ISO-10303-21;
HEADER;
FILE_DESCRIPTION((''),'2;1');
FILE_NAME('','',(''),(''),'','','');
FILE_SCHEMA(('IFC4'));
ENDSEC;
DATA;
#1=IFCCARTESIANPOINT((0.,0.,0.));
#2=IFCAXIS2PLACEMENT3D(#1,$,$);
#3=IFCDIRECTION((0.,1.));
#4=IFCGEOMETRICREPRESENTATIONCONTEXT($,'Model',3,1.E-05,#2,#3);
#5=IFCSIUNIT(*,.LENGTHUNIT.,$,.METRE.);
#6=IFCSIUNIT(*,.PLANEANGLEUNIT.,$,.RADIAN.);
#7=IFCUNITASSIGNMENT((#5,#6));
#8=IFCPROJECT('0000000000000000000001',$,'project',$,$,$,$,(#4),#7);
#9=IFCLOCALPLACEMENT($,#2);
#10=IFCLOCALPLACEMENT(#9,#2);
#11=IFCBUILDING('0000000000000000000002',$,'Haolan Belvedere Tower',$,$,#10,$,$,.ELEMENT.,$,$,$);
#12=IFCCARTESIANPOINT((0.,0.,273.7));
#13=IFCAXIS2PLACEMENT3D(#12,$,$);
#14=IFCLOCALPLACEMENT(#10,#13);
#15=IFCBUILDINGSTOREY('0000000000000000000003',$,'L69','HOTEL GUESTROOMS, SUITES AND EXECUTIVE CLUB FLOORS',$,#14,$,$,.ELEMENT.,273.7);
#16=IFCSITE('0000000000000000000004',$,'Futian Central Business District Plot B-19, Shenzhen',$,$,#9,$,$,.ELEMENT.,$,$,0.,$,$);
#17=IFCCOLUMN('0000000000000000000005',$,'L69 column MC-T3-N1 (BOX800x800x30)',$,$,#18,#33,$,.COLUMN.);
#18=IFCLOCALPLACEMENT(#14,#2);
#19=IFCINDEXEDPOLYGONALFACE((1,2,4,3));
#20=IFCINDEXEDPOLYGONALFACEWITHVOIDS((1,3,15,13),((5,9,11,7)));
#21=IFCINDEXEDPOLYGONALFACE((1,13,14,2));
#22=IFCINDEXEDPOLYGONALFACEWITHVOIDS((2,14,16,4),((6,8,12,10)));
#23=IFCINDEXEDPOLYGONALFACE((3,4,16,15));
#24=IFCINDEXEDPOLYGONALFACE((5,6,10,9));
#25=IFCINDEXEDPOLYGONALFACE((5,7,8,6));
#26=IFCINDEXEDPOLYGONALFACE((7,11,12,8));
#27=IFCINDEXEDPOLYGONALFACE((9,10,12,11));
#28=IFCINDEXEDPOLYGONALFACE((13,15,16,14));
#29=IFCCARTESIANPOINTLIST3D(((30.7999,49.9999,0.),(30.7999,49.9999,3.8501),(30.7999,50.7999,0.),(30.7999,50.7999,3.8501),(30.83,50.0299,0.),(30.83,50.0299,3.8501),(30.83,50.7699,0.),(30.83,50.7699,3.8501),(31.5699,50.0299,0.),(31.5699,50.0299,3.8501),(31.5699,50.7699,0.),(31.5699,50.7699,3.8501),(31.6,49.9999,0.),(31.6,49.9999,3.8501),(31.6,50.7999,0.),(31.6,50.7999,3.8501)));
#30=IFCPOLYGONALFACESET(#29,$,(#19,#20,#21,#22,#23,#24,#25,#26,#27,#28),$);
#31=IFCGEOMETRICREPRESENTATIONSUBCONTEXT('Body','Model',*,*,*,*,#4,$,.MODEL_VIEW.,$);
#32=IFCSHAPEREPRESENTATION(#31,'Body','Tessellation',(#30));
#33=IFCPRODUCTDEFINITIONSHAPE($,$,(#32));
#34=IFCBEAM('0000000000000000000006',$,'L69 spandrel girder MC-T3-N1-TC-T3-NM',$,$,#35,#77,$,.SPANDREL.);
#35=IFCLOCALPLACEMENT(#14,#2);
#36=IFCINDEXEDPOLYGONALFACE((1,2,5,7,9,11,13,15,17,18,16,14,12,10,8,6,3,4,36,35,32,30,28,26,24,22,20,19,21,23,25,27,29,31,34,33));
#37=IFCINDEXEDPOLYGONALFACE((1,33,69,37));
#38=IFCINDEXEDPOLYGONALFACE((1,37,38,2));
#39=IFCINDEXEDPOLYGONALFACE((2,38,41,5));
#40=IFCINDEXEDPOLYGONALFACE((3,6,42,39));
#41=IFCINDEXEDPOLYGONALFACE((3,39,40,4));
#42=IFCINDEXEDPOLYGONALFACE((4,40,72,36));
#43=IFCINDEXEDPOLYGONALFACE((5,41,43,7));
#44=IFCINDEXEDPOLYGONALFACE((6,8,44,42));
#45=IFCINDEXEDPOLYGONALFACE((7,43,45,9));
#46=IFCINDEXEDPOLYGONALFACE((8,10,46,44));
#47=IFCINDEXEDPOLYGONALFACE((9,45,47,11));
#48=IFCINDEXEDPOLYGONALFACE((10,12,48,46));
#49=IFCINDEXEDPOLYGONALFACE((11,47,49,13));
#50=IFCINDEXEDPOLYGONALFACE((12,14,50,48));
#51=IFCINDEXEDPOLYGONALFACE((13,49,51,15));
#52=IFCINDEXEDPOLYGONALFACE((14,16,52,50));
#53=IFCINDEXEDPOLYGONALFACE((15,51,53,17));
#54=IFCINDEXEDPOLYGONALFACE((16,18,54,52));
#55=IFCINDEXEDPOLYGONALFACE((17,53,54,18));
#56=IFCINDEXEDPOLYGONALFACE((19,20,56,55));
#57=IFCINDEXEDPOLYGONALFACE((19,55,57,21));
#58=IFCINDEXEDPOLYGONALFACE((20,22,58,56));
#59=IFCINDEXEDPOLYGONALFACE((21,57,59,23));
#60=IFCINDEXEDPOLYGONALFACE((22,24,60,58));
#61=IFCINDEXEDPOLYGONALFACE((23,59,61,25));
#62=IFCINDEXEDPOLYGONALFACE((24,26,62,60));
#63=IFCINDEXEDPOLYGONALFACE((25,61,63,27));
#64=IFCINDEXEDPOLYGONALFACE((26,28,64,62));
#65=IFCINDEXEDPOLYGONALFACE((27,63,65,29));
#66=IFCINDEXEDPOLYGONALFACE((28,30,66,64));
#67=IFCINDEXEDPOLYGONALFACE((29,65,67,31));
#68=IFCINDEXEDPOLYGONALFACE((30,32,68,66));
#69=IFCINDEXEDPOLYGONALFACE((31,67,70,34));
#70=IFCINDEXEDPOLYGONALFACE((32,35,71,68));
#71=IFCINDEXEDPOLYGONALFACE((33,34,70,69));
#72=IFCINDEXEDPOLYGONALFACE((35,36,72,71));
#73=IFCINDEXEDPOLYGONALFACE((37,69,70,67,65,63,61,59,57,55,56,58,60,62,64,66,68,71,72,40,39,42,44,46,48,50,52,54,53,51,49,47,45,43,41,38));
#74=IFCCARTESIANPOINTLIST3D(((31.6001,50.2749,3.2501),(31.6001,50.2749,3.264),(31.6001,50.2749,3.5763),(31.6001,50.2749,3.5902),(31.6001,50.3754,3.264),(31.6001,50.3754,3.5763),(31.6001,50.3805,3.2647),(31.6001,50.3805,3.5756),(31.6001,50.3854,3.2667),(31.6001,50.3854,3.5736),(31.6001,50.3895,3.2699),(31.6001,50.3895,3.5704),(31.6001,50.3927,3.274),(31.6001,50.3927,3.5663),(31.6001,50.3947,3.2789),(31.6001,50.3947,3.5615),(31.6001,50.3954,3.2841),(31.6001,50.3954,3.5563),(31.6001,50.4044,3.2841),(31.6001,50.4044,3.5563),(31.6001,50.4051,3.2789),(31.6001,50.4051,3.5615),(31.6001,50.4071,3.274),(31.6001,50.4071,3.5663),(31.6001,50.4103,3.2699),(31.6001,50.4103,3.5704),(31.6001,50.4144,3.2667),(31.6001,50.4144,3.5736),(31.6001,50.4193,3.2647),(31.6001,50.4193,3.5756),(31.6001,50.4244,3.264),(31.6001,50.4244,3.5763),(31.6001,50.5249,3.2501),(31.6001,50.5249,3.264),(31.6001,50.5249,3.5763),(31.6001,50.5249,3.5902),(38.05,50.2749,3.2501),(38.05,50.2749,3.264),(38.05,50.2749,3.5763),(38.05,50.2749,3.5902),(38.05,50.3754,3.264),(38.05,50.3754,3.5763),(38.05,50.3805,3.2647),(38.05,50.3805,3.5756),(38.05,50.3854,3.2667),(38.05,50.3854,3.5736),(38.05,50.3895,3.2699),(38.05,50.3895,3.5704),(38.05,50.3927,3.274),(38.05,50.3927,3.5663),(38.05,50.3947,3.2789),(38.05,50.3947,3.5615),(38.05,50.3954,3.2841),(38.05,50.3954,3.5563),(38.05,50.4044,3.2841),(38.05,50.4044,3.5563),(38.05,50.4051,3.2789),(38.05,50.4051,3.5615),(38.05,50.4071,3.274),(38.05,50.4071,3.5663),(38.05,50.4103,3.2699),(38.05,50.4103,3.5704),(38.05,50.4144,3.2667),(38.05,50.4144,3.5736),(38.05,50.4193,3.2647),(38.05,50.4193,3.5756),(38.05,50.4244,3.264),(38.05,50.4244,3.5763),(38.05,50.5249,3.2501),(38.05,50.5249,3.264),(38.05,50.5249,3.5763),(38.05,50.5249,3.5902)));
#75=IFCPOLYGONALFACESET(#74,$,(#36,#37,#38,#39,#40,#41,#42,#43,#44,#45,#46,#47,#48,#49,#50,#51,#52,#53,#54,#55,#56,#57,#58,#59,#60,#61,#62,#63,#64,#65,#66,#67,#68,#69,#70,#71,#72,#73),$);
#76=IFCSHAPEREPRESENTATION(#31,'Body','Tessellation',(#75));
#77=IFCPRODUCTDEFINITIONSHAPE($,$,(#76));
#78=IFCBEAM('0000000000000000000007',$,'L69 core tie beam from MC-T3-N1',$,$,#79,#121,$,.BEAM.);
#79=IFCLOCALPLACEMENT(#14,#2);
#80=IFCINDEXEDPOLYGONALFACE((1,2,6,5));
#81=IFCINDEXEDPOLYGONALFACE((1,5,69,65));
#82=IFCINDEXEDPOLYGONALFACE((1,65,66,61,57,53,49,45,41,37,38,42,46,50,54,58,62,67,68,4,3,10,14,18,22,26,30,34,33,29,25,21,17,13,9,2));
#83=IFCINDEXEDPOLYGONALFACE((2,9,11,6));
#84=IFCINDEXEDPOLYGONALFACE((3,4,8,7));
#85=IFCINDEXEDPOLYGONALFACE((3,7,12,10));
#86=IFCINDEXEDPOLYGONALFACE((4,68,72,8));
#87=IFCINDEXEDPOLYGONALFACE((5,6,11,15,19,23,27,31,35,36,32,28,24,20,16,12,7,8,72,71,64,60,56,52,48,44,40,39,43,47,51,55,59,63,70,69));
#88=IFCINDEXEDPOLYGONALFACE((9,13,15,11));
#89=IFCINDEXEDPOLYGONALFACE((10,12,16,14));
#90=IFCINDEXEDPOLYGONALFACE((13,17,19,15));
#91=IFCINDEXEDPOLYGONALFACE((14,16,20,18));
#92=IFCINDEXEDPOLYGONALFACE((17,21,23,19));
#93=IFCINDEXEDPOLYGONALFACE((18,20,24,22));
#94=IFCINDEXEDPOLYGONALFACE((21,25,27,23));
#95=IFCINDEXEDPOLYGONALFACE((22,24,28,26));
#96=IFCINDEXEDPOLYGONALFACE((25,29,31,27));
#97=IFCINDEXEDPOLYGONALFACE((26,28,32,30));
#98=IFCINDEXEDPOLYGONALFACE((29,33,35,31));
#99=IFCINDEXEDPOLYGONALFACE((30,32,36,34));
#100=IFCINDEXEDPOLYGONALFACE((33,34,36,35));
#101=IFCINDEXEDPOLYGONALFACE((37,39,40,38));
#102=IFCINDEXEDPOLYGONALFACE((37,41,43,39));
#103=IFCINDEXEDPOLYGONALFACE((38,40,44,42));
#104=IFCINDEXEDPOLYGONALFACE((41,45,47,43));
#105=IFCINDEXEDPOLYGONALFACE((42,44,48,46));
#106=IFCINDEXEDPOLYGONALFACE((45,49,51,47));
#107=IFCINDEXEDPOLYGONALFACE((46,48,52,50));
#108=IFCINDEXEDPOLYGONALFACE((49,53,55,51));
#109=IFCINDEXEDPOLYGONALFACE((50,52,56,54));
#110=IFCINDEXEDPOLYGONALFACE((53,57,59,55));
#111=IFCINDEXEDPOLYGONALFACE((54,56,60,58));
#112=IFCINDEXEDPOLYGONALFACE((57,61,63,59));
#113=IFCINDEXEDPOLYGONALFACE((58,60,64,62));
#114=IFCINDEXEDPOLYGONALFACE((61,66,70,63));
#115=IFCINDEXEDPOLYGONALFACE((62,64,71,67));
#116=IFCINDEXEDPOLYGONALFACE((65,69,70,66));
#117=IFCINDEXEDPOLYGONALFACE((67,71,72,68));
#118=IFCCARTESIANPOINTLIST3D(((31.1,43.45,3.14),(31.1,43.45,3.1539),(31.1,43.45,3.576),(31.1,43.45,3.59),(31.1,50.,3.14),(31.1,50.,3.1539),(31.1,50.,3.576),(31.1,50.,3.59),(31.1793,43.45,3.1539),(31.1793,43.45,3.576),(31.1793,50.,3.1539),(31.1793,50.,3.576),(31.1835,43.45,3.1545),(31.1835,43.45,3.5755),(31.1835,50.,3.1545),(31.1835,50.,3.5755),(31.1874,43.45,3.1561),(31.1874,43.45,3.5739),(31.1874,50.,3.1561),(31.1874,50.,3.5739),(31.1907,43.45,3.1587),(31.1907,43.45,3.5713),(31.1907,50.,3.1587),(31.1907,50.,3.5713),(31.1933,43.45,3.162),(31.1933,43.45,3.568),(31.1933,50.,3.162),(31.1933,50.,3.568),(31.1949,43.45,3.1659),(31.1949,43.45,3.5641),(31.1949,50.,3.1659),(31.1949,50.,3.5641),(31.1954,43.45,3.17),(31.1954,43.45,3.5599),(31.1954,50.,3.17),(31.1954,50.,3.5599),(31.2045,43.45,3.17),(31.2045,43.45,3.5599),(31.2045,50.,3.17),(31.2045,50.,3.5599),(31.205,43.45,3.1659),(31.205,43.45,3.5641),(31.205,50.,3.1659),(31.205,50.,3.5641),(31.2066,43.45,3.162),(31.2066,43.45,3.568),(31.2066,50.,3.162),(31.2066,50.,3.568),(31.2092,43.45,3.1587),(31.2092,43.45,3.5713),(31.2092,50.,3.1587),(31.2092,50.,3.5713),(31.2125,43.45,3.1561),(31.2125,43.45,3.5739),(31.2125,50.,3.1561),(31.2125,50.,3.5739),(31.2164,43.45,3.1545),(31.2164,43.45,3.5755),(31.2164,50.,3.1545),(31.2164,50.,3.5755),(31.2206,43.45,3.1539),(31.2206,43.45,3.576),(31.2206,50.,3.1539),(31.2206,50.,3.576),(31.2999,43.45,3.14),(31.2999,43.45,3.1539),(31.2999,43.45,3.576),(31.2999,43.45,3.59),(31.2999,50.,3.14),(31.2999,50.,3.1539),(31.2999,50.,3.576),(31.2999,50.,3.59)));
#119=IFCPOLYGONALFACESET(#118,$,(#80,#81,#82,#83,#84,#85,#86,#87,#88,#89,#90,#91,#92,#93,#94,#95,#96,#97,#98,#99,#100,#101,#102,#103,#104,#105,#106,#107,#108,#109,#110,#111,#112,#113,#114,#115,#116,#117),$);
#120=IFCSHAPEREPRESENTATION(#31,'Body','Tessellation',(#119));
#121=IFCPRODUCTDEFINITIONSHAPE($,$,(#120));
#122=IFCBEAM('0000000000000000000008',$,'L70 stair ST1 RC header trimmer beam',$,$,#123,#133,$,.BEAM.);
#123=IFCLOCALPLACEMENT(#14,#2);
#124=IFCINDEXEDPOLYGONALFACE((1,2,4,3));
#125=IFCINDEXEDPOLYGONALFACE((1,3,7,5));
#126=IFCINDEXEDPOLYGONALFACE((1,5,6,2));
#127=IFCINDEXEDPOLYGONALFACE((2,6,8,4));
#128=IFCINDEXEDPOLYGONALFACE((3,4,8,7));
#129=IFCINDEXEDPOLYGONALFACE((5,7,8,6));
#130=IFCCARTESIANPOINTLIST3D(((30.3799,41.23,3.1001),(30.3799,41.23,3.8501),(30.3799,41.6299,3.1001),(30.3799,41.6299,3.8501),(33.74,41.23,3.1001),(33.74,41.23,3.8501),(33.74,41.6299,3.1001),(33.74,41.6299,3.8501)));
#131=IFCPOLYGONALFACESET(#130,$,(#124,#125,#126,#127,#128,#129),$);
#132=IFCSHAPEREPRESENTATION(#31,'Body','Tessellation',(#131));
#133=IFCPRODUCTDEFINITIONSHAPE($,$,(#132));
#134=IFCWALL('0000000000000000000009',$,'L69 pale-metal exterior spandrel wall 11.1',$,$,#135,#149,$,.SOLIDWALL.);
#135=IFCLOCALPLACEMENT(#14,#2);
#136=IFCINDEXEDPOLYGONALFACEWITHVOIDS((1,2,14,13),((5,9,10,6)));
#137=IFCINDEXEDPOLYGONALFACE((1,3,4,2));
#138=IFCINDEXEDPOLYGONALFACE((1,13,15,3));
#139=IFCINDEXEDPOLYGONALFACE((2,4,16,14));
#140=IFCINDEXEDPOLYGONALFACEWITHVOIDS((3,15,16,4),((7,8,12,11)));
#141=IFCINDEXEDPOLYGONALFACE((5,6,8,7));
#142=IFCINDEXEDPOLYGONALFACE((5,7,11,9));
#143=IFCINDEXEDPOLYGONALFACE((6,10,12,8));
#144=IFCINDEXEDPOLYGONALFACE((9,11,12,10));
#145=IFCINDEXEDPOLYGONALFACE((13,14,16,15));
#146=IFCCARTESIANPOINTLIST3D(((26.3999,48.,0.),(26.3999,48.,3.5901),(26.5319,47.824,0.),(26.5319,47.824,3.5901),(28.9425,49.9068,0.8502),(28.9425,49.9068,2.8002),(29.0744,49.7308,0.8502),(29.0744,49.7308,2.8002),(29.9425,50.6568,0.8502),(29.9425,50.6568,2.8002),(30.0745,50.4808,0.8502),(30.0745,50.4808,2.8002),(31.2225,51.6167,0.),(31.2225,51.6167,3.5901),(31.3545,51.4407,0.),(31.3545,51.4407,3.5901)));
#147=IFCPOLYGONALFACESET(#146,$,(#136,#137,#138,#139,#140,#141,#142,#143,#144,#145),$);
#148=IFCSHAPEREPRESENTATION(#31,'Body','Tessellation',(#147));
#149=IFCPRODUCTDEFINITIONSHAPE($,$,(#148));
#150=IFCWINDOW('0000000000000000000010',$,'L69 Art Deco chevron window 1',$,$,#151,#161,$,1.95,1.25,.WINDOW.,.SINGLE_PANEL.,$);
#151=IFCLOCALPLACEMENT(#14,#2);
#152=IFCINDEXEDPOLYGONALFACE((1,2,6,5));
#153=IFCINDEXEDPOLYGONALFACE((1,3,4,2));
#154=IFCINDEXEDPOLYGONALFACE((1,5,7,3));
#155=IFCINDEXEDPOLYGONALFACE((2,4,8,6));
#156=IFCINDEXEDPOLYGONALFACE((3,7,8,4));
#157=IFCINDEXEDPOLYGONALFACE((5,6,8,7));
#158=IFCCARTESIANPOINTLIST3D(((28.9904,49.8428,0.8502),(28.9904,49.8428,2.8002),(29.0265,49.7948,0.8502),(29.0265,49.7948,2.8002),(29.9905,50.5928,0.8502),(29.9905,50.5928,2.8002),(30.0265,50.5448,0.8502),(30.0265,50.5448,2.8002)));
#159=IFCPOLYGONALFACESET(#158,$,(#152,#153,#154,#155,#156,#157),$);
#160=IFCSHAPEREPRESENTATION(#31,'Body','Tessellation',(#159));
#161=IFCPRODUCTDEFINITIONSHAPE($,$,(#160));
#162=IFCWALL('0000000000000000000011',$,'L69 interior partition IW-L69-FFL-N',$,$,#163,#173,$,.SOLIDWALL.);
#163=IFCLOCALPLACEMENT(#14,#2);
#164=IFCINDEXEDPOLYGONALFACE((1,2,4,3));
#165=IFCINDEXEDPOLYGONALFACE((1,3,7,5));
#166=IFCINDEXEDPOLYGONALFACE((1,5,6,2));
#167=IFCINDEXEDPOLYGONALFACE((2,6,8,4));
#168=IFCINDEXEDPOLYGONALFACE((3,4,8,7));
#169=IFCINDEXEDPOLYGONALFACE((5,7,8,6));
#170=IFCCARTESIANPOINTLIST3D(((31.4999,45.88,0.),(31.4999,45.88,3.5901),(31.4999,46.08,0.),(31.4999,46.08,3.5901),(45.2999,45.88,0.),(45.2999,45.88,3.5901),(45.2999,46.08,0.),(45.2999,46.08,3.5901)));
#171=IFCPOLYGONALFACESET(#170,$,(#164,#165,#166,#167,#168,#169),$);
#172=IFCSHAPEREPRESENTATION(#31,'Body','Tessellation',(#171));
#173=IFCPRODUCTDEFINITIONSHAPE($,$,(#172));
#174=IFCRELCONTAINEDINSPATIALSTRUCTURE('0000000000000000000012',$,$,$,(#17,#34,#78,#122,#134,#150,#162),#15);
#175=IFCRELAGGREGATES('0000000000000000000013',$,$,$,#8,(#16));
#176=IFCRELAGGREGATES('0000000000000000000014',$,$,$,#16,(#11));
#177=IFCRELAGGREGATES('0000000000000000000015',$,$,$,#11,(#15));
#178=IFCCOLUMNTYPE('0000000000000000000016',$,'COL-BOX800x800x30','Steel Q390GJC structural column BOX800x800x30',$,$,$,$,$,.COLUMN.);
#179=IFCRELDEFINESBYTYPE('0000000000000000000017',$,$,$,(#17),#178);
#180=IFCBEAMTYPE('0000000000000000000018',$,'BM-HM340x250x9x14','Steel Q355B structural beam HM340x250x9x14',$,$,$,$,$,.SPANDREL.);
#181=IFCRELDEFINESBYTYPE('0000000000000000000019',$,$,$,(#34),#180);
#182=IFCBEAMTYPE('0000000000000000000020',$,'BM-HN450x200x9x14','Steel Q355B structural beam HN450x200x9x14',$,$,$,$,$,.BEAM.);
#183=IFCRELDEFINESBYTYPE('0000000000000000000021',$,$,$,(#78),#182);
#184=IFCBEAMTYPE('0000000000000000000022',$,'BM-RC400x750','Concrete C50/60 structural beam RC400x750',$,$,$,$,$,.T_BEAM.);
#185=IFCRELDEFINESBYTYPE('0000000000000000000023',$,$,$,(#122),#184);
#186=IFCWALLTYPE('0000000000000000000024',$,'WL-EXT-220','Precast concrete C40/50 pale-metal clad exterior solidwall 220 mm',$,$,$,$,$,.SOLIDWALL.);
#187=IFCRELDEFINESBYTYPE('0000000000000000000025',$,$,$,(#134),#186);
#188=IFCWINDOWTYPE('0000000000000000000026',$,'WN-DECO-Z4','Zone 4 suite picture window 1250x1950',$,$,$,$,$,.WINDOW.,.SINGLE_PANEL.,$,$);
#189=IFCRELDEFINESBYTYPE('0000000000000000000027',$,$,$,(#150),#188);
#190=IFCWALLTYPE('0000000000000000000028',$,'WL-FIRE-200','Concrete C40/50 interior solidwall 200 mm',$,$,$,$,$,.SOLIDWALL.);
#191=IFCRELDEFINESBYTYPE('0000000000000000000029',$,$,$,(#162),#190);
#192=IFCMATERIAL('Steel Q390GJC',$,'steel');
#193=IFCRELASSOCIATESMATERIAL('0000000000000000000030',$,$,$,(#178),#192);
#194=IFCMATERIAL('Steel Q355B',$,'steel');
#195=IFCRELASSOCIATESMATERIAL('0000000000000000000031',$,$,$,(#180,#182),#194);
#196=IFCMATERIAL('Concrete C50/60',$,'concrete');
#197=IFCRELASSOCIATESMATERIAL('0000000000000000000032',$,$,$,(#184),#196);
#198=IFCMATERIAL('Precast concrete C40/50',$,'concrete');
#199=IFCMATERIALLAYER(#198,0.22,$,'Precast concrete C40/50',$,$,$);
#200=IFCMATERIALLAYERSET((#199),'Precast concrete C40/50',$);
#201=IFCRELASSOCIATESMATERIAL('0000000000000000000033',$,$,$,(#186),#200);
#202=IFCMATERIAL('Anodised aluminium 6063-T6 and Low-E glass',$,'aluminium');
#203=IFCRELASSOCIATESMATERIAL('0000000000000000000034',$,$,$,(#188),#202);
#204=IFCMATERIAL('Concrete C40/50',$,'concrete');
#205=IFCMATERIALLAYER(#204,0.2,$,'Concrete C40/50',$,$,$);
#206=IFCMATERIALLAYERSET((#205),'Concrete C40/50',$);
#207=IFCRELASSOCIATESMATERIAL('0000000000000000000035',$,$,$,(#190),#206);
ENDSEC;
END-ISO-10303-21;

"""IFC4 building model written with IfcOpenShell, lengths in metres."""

from ifc_helpers import new_model, si_unit, direction, frame, frame_2d, origin, origin_2d, place, context, subcontext, project, spatial, rectangle, hollow_rectangle, i_section, extrude, material, layer, layer_set, material_profile, profile_set, type_object, element, fill, save


model = new_model("IFC4")

# Units and contexts
model_context = context("Model", 3, precision=1e-05, world=origin(), true_north=direction((0.0, 1.0)))
body_context = subcontext(model_context, "Body", "Model", "MODEL_VIEW")
ifc_project = project(units=[si_unit("LENGTHUNIT", "METRE"), si_unit("PLANEANGLEUNIT", "RADIAN")], contexts=[model_context])

# Site, building, storey
site_placement = place(None, origin())
site = spatial("IfcSite", under=ifc_project, at=site_placement, Name="Futian Central Business District Plot B-19, Shenzhen", CompositionType="ELEMENT", RefElevation=0.0)
building_placement = place(site_placement, origin())
building = spatial("IfcBuilding", under=site, at=building_placement, Name="Haolan Belvedere Tower", CompositionType="ELEMENT")
storey_placement = place(building_placement, frame((0.0, 0.0, 273.7)))
storey = spatial("IfcBuildingStorey", under=building, at=storey_placement, Name="L69", Description="HOTEL GUESTROOMS, SUITES AND EXECUTIVE CLUB FLOORS", CompositionType="ELEMENT", Elevation=273.7)

# Column
ifc_material_1 = material(Name="Steel Q390GJC", Category="steel")
ifc_material_profile_1 = material_profile(ifc_material_1, hollow_rectangle(XDim=0.8, YDim=0.8, WallThickness=0.03, at=origin_2d()), Name="Steel Q390GJC")
ifc_profile_set_1 = profile_set([ifc_material_profile_1], Name="Steel Q390GJC")
column_type = type_object("IfcColumnType", Name="COL-BOX800x800x30", Description="Steel Q390GJC structural column BOX800x800x30", PredefinedType="COLUMN", material=ifc_profile_set_1)
column_placement = place(storey_placement, frame((31.2, 50.3999, 0.0), z_axis=(0.0, 0.0, 1.0), x_axis=(1.0, 0.0, 0.0)))
element("IfcColumn", 1, at=column_placement, inside=storey, type_object=column_type, Name="L69 column MC-T3-N1 (BOX800x800x30)", PredefinedType="COLUMN", context=body_context, shape_type="SweptSolid", body=[
    extrude(hollow_rectangle(XDim=0.8, YDim=0.8, WallThickness=0.03, at=origin_2d()), origin(), (0.0, 0.0, 1.0), 3.8501),
])

# Beams
ifc_material_2 = material(Name="Steel Q355B", Category="steel")
ifc_material_profile_2 = material_profile(ifc_material_2, i_section(OverallWidth=0.25, OverallDepth=0.3401, WebThickness=0.009, FlangeThickness=0.0139, FilletRadius=0.02, at=origin_2d()), Name="Steel Q355B")
ifc_profile_set_2 = profile_set([ifc_material_profile_2], Name="Steel Q355B")
beam_type_1 = type_object("IfcBeamType", Name="BM-HM340x250x9x14", Description="Steel Q355B structural beam HM340x250x9x14", PredefinedType="SPANDREL", material=ifc_profile_set_2)
beam_1_placement = place(storey_placement, frame((31.6001, 50.3999, 3.4202), z_axis=(1.0, 0.0, 0.0), x_axis=(0.0, 1.0, 0.0)))
element("IfcBeam", 2, at=beam_1_placement, inside=storey, type_object=beam_type_1, Name="L69 spandrel girder MC-T3-N1-TC-T3-NM", PredefinedType="SPANDREL", context=body_context, shape_type="SweptSolid", body=[
    extrude(i_section(OverallWidth=0.25, OverallDepth=0.3401, WebThickness=0.009, FlangeThickness=0.0139, FilletRadius=0.02, at=origin_2d()), origin(), (0.0, 0.0, 1.0), 6.45),
])
ifc_material_profile_3 = material_profile(ifc_material_2, i_section(OverallWidth=0.2, OverallDepth=0.45, WebThickness=0.009, FlangeThickness=0.0139, FilletRadius=0.0161, at=origin_2d()), Name="Steel Q355B")
ifc_profile_set_3 = profile_set([ifc_material_profile_3], Name="Steel Q355B")
beam_type_2 = type_object("IfcBeamType", Name="BM-HN450x200x9x14", Description="Steel Q355B structural beam HN450x200x9x14", PredefinedType="BEAM", material=ifc_profile_set_3)
beam_2_placement = place(storey_placement, frame((31.2, 50.0, 3.365), z_axis=(0.0, -1.0, 0.0), x_axis=(1.0, 0.0, 0.0)))
element("IfcBeam", 3, at=beam_2_placement, inside=storey, type_object=beam_type_2, Name="L69 core tie beam from MC-T3-N1", PredefinedType="BEAM", context=body_context, shape_type="SweptSolid", body=[
    extrude(i_section(OverallWidth=0.2, OverallDepth=0.45, WebThickness=0.009, FlangeThickness=0.0139, FilletRadius=0.0161, at=origin_2d()), origin(), (0.0, 0.0, 1.0), 6.55),
])
ifc_material_3 = material(Name="Concrete C50/60", Category="concrete")
ifc_material_profile_4 = material_profile(ifc_material_3, rectangle(XDim=0.3999, YDim=0.75, at=origin_2d()), Name="Concrete C50/60")
ifc_profile_set_4 = profile_set([ifc_material_profile_4], Name="Concrete C50/60")
beam_type_3 = type_object("IfcBeamType", Name="BM-RC400x750", Description="Concrete C50/60 structural beam RC400x750", PredefinedType="T_BEAM", material=ifc_profile_set_4)
beam_3_placement = place(storey_placement, frame((30.3799, 41.4299, 3.4751), z_axis=(1.0, 0.0, 0.0), x_axis=(0.0, 1.0, 0.0)))
element("IfcBeam", 4, at=beam_3_placement, inside=storey, type_object=beam_type_3, Name="L70 stair ST1 RC header trimmer beam", PredefinedType="BEAM", context=body_context, shape_type="SweptSolid", body=[
    extrude(rectangle(XDim=0.3999, YDim=0.75, at=origin_2d()), origin(), (0.0, 0.0, 1.0), 3.3601),
])

# Wall, opening, window
ifc_material_4 = material(Name="Precast concrete C40/50", Category="concrete")
ifc_layer_1 = layer(ifc_material_4, 0.22, Name="Precast concrete C40/50")
ifc_layer_set_1 = layer_set([ifc_layer_1], Name="Precast concrete C40/50")
wall_type_1 = type_object("IfcWallType", Name="WL-EXT-220", Description="Precast concrete C40/50 pale-metal clad exterior solidwall 220 mm", PredefinedType="SOLIDWALL", material=ifc_layer_set_1)
wall_1_placement = place(storey_placement, frame((31.2886, 51.5288, 0.0), z_axis=(0.0, 0.0, 1.0), x_axis=(-0.800015, -0.599981, 0.0)))
wall_1 = element("IfcWall", 5, at=wall_1_placement, inside=storey, type_object=wall_type_1, Name="L69 pale-metal exterior spandrel wall 11.1", PredefinedType="SOLIDWALL", context=body_context, shape_type="SweptSolid", body=[
    extrude(rectangle(XDim=6.0281, YDim=0.22, at=frame_2d((3.0142, 0.0))), origin(), (0.0, 0.0, 1.0), 3.5901),
])
opening_1_placement = place(wall_1_placement, frame((1.6001, 0.0, 0.8501)))
opening_1 = element("IfcOpeningElement", 6, at=opening_1_placement, cuts=wall_1, PredefinedType="OPENING", context=body_context, shape_type="SweptSolid", body=[
    extrude(rectangle(XDim=1.25, YDim=1.95, at=frame_2d((0.625, 0.9751))), frame((0.0, 0.1199, 0.0), z_axis=(0.0, -1.0, 0.0), x_axis=(1.0, 0.0, 0.0)), (0.0, 0.0, 1.0), 0.24),
])
ifc_material_5 = material(Name="Anodised aluminium 6063-T6 and Low-E glass", Category="aluminium")
window_type = type_object("IfcWindowType", Name="WN-DECO-Z4", Description="Zone 4 suite picture window 1250x1950", PartitioningType="SINGLE_PANEL", PredefinedType="WINDOW", material=ifc_material_5)
window_placement = place(opening_1_placement, origin())
window = element("IfcWindow", 7, at=window_placement, inside=storey, type_object=window_type, Name="L69 Art Deco chevron window 1", OverallHeight=1.95, OverallWidth=1.25, PartitioningType="SINGLE_PANEL", PredefinedType="WINDOW", context=body_context, shape_type="SweptSolid", body=[
    extrude(rectangle(XDim=1.25, YDim=1.95, at=frame_2d((0.625, 0.9751))), frame((0.0, 0.03, 0.0), z_axis=(0.0, -1.0, 0.0), x_axis=(1.0, 0.0, 0.0)), (0.0, 0.0, 1.0), 0.0601),
])
fill(opening_1, window)

# Wall
ifc_material_6 = material(Name="Concrete C40/50", Category="concrete")
ifc_layer_2 = layer(ifc_material_6, 0.2, Name="Concrete C40/50")
ifc_layer_set_2 = layer_set([ifc_layer_2], Name="Concrete C40/50")
wall_type_2 = type_object("IfcWallType", Name="WL-FIRE-200", Description="Concrete C40/50 interior solidwall 200 mm", PredefinedType="SOLIDWALL", material=ifc_layer_set_2)
wall_2_placement = place(storey_placement, frame((31.5, 45.98, 0.0), z_axis=(0.0, 0.0, 1.0), x_axis=(1.0, 0.0, 0.0)))
element("IfcWall", 8, at=wall_2_placement, inside=storey, type_object=wall_type_2, Name="L69 interior partition IW-L69-FFL-N", PredefinedType="SOLIDWALL", context=body_context, shape_type="SweptSolid", body=[
    extrude(rectangle(XDim=13.8, YDim=0.2, at=frame_2d((6.8999, 0.0))), origin(), (0.0, 0.0, 1.0), 3.5901),
])

save(model, "model.ifc")
